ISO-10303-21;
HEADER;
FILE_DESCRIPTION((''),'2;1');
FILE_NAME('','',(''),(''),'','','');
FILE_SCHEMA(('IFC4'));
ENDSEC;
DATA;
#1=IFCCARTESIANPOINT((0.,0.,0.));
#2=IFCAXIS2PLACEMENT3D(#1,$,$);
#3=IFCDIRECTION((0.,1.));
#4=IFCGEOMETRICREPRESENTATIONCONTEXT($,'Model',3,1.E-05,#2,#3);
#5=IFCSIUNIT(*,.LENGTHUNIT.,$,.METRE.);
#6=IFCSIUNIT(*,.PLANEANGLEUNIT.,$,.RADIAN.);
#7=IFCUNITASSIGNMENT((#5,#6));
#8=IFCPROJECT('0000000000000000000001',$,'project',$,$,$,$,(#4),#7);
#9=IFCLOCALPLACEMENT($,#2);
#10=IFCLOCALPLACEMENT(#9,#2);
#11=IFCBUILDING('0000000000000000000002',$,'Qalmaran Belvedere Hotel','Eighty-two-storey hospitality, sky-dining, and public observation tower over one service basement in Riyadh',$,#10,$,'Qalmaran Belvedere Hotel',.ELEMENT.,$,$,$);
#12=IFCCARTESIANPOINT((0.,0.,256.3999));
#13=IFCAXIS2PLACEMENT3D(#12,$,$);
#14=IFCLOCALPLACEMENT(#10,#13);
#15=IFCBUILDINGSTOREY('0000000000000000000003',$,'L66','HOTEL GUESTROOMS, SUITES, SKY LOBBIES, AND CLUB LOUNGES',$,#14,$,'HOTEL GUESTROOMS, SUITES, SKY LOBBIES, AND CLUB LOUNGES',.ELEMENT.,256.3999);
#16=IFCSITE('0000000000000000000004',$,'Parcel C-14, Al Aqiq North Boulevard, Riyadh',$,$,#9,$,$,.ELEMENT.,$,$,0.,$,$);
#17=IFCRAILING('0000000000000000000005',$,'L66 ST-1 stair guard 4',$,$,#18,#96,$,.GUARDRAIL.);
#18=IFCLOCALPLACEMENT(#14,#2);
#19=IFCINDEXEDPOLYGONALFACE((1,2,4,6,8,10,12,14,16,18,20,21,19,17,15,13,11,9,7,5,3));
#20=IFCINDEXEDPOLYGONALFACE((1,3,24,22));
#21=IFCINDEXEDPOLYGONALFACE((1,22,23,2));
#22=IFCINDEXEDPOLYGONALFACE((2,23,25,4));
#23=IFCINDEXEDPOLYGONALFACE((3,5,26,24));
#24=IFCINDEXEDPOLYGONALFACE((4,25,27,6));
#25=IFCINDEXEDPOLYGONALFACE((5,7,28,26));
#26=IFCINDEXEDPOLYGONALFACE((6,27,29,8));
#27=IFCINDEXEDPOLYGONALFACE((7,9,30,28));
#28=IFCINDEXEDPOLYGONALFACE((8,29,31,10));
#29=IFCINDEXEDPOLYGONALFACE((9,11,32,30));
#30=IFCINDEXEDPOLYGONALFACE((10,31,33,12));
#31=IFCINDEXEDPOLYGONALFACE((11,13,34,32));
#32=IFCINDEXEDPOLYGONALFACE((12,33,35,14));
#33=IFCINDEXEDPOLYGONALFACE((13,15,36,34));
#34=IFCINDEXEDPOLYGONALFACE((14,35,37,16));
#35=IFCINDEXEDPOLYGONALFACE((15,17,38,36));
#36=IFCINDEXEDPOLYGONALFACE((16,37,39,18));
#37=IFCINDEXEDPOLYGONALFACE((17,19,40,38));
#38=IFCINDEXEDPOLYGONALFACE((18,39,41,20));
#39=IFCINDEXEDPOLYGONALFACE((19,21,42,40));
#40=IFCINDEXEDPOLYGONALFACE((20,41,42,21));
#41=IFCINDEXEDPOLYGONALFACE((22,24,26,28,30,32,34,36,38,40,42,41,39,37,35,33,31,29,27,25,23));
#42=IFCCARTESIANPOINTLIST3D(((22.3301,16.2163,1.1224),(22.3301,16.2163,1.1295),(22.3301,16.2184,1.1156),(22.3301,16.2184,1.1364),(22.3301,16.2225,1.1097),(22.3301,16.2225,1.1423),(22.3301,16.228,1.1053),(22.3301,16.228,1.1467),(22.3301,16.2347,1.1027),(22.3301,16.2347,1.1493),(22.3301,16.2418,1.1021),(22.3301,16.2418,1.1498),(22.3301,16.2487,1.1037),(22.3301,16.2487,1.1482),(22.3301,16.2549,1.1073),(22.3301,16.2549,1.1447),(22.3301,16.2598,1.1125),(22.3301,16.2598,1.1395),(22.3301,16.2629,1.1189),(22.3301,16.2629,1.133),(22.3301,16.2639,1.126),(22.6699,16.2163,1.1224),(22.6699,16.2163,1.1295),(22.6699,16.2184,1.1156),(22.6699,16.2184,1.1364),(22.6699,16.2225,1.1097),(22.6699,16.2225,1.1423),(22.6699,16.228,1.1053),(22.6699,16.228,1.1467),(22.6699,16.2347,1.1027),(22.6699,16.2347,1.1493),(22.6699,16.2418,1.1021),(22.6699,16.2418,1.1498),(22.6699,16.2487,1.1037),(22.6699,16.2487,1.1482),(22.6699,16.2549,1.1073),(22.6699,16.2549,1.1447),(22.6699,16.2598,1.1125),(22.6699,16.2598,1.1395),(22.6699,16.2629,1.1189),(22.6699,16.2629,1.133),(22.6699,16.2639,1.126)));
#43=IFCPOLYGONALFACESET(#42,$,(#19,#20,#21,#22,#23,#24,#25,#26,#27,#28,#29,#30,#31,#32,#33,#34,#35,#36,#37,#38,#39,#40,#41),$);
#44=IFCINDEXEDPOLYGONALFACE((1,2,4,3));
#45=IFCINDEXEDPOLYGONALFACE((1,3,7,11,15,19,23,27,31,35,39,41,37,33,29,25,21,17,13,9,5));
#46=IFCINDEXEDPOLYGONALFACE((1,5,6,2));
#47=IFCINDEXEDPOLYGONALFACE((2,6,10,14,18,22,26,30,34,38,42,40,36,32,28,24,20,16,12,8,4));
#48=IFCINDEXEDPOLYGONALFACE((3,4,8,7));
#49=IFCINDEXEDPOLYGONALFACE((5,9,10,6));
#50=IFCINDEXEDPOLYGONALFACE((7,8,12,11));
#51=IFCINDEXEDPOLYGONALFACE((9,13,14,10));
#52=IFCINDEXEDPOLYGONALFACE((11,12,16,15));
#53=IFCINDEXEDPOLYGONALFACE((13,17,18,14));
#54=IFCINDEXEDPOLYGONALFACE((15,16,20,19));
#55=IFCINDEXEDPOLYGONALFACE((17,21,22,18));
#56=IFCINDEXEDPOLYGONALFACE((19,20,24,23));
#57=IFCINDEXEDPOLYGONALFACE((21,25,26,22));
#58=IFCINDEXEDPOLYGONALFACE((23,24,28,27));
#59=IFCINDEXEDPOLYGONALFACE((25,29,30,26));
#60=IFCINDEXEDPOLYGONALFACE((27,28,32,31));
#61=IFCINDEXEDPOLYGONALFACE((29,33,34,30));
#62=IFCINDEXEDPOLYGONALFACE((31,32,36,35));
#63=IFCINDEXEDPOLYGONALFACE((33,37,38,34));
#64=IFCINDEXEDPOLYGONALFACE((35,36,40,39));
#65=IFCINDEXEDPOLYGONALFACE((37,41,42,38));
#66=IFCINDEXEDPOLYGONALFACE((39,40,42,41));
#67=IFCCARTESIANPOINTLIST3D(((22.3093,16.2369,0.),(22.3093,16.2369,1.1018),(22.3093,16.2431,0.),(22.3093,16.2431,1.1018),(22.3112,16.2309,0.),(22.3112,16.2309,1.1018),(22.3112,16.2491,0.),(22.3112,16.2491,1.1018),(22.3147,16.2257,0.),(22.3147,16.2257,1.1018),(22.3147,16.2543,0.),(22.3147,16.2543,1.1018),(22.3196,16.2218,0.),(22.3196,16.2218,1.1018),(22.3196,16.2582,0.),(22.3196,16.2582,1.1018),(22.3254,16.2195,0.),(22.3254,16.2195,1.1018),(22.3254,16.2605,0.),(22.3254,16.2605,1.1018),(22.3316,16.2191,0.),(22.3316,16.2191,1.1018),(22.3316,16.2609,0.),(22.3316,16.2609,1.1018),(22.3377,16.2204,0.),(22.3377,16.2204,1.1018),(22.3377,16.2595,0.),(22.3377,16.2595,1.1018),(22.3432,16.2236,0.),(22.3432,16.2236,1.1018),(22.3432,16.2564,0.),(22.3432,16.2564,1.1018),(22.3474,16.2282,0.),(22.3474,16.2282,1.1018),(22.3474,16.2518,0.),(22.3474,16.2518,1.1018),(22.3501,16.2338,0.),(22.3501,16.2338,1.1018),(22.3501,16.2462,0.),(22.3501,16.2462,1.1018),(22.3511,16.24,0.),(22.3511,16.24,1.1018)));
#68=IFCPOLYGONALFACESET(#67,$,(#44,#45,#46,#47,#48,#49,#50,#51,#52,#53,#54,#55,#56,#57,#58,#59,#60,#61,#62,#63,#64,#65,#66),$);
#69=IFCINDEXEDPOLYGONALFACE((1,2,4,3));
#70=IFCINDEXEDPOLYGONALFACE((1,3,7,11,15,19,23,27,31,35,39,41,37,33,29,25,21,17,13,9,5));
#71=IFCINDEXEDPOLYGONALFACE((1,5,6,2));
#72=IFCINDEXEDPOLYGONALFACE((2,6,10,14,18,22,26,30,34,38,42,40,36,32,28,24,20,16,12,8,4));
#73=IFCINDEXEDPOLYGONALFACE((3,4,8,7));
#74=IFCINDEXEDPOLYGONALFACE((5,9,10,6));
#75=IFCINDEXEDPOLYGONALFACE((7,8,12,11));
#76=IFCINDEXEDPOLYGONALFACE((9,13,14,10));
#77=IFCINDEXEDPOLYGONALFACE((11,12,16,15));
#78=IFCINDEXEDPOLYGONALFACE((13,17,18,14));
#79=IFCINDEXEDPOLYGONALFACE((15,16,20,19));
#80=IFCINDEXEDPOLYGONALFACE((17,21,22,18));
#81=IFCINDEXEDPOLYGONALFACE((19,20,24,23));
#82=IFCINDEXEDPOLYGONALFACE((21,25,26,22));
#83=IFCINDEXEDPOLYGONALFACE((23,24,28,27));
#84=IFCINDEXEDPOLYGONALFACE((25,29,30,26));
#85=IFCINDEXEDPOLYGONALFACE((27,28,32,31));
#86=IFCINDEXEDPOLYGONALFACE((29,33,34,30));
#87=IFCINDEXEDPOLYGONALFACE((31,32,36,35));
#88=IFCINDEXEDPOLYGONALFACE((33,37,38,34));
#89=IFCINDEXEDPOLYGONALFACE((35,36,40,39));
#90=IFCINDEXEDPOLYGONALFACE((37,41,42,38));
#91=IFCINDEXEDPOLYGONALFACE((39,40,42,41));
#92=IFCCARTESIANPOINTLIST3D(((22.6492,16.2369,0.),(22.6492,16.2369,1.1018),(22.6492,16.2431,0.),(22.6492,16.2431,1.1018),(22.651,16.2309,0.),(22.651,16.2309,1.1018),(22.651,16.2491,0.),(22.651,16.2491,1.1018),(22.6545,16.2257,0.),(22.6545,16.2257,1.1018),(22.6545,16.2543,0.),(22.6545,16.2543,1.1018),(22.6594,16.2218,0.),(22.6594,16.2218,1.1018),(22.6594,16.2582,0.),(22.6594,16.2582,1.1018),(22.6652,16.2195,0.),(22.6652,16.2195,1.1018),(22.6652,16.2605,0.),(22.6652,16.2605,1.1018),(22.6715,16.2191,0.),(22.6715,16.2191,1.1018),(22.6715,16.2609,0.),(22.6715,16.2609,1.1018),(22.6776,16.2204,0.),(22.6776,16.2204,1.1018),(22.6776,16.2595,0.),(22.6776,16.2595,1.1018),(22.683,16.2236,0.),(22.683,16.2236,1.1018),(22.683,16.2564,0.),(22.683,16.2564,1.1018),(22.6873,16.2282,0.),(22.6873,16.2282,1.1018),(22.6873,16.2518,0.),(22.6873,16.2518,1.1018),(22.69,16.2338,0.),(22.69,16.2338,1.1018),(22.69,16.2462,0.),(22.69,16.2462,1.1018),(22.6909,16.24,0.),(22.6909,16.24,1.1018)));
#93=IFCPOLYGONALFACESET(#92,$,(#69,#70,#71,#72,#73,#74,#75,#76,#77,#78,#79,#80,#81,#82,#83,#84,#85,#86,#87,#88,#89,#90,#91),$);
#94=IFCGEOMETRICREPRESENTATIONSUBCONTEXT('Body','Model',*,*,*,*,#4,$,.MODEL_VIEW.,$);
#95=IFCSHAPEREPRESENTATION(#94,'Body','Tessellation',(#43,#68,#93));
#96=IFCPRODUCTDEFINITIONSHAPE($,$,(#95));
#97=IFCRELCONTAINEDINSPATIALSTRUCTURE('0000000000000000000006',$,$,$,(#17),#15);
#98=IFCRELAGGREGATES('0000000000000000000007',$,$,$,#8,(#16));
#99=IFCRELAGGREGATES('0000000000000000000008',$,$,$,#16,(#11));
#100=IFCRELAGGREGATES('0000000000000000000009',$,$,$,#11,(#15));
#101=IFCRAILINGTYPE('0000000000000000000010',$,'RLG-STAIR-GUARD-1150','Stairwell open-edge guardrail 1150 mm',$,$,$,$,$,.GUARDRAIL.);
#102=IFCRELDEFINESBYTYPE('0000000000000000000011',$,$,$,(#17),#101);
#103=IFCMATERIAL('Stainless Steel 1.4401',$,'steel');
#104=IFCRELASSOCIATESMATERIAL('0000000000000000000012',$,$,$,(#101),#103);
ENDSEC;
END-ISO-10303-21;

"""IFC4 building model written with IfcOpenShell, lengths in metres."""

from ifc_helpers import new_model, si_unit, direction, frame, origin, origin_2d, place, context, subcontext, project, spatial, circle, extrude, material, type_object, element, save


model = new_model("IFC4")

# Units and contexts
model_context = context("Model", 3, precision=1e-05, world=origin(), true_north=direction((0.0, 1.0)))
body_context = subcontext(model_context, "Body", "Model", "MODEL_VIEW")
ifc_project = project(units=[si_unit("LENGTHUNIT", "METRE"), si_unit("PLANEANGLEUNIT", "RADIAN")], contexts=[model_context])

# Site, building, storey
site_placement = place(None, origin())
site = spatial("IfcSite", under=ifc_project, at=site_placement, Name="Parcel C-14, Al Aqiq North Boulevard, Riyadh", CompositionType="ELEMENT", RefElevation=0.0)
building_placement = place(site_placement, origin())
building = spatial("IfcBuilding", under=site, at=building_placement, Name="Qalmaran Belvedere Hotel", Description="Eighty-two-storey hospitality, sky-dining, and public observation tower over one service basement in Riyadh", LongName="Qalmaran Belvedere Hotel", CompositionType="ELEMENT")
storey_placement = place(building_placement, frame((0.0, 0.0, 256.3999)))
storey = spatial("IfcBuildingStorey", under=building, at=storey_placement, Name="L66", Description="HOTEL GUESTROOMS, SUITES, SKY LOBBIES, AND CLUB LOUNGES", LongName="HOTEL GUESTROOMS, SUITES, SKY LOBBIES, AND CLUB LOUNGES", CompositionType="ELEMENT", Elevation=256.3999)

# Shared definitions
ifc_material_1 = material(Name="Stainless Steel 1.4401", Category="steel")

# Railing
railing_type_1 = type_object("IfcRailingType", Name="RLG-STAIR-GUARD-1150", Description="Stairwell open-edge guardrail 1150 mm", PredefinedType="GUARDRAIL", material=ifc_material_1)
railing_1_placement = place(storey_placement, frame((22.3301, 16.24, 0.0)))
element("IfcRailing", 1, at=railing_1_placement, inside=storey, type_object=railing_type_1, Name="L66 ST-1 stair guard 4", PredefinedType="GUARDRAIL", context=body_context, shape_type="SweptSolid", body=[
    extrude(circle(Radius=0.0239, at=origin_2d()), frame((0.0, 0.0, 1.126), z_axis=(1.0, 0.0, 0.0), x_axis=(0.0, 1.0, 0.0)), (0.0, 0.0, 1.0), 0.3398),
    extrude(circle(Radius=0.021, at=origin_2d()), origin(), (0.0, 0.0, 1.0), 1.1018),
    extrude(circle(Radius=0.021, at=origin_2d()), frame((0.3398, 0.0, 0.0)), (0.0, 0.0, 1.0), 1.1018),
])

save(model, "model.ifc")
